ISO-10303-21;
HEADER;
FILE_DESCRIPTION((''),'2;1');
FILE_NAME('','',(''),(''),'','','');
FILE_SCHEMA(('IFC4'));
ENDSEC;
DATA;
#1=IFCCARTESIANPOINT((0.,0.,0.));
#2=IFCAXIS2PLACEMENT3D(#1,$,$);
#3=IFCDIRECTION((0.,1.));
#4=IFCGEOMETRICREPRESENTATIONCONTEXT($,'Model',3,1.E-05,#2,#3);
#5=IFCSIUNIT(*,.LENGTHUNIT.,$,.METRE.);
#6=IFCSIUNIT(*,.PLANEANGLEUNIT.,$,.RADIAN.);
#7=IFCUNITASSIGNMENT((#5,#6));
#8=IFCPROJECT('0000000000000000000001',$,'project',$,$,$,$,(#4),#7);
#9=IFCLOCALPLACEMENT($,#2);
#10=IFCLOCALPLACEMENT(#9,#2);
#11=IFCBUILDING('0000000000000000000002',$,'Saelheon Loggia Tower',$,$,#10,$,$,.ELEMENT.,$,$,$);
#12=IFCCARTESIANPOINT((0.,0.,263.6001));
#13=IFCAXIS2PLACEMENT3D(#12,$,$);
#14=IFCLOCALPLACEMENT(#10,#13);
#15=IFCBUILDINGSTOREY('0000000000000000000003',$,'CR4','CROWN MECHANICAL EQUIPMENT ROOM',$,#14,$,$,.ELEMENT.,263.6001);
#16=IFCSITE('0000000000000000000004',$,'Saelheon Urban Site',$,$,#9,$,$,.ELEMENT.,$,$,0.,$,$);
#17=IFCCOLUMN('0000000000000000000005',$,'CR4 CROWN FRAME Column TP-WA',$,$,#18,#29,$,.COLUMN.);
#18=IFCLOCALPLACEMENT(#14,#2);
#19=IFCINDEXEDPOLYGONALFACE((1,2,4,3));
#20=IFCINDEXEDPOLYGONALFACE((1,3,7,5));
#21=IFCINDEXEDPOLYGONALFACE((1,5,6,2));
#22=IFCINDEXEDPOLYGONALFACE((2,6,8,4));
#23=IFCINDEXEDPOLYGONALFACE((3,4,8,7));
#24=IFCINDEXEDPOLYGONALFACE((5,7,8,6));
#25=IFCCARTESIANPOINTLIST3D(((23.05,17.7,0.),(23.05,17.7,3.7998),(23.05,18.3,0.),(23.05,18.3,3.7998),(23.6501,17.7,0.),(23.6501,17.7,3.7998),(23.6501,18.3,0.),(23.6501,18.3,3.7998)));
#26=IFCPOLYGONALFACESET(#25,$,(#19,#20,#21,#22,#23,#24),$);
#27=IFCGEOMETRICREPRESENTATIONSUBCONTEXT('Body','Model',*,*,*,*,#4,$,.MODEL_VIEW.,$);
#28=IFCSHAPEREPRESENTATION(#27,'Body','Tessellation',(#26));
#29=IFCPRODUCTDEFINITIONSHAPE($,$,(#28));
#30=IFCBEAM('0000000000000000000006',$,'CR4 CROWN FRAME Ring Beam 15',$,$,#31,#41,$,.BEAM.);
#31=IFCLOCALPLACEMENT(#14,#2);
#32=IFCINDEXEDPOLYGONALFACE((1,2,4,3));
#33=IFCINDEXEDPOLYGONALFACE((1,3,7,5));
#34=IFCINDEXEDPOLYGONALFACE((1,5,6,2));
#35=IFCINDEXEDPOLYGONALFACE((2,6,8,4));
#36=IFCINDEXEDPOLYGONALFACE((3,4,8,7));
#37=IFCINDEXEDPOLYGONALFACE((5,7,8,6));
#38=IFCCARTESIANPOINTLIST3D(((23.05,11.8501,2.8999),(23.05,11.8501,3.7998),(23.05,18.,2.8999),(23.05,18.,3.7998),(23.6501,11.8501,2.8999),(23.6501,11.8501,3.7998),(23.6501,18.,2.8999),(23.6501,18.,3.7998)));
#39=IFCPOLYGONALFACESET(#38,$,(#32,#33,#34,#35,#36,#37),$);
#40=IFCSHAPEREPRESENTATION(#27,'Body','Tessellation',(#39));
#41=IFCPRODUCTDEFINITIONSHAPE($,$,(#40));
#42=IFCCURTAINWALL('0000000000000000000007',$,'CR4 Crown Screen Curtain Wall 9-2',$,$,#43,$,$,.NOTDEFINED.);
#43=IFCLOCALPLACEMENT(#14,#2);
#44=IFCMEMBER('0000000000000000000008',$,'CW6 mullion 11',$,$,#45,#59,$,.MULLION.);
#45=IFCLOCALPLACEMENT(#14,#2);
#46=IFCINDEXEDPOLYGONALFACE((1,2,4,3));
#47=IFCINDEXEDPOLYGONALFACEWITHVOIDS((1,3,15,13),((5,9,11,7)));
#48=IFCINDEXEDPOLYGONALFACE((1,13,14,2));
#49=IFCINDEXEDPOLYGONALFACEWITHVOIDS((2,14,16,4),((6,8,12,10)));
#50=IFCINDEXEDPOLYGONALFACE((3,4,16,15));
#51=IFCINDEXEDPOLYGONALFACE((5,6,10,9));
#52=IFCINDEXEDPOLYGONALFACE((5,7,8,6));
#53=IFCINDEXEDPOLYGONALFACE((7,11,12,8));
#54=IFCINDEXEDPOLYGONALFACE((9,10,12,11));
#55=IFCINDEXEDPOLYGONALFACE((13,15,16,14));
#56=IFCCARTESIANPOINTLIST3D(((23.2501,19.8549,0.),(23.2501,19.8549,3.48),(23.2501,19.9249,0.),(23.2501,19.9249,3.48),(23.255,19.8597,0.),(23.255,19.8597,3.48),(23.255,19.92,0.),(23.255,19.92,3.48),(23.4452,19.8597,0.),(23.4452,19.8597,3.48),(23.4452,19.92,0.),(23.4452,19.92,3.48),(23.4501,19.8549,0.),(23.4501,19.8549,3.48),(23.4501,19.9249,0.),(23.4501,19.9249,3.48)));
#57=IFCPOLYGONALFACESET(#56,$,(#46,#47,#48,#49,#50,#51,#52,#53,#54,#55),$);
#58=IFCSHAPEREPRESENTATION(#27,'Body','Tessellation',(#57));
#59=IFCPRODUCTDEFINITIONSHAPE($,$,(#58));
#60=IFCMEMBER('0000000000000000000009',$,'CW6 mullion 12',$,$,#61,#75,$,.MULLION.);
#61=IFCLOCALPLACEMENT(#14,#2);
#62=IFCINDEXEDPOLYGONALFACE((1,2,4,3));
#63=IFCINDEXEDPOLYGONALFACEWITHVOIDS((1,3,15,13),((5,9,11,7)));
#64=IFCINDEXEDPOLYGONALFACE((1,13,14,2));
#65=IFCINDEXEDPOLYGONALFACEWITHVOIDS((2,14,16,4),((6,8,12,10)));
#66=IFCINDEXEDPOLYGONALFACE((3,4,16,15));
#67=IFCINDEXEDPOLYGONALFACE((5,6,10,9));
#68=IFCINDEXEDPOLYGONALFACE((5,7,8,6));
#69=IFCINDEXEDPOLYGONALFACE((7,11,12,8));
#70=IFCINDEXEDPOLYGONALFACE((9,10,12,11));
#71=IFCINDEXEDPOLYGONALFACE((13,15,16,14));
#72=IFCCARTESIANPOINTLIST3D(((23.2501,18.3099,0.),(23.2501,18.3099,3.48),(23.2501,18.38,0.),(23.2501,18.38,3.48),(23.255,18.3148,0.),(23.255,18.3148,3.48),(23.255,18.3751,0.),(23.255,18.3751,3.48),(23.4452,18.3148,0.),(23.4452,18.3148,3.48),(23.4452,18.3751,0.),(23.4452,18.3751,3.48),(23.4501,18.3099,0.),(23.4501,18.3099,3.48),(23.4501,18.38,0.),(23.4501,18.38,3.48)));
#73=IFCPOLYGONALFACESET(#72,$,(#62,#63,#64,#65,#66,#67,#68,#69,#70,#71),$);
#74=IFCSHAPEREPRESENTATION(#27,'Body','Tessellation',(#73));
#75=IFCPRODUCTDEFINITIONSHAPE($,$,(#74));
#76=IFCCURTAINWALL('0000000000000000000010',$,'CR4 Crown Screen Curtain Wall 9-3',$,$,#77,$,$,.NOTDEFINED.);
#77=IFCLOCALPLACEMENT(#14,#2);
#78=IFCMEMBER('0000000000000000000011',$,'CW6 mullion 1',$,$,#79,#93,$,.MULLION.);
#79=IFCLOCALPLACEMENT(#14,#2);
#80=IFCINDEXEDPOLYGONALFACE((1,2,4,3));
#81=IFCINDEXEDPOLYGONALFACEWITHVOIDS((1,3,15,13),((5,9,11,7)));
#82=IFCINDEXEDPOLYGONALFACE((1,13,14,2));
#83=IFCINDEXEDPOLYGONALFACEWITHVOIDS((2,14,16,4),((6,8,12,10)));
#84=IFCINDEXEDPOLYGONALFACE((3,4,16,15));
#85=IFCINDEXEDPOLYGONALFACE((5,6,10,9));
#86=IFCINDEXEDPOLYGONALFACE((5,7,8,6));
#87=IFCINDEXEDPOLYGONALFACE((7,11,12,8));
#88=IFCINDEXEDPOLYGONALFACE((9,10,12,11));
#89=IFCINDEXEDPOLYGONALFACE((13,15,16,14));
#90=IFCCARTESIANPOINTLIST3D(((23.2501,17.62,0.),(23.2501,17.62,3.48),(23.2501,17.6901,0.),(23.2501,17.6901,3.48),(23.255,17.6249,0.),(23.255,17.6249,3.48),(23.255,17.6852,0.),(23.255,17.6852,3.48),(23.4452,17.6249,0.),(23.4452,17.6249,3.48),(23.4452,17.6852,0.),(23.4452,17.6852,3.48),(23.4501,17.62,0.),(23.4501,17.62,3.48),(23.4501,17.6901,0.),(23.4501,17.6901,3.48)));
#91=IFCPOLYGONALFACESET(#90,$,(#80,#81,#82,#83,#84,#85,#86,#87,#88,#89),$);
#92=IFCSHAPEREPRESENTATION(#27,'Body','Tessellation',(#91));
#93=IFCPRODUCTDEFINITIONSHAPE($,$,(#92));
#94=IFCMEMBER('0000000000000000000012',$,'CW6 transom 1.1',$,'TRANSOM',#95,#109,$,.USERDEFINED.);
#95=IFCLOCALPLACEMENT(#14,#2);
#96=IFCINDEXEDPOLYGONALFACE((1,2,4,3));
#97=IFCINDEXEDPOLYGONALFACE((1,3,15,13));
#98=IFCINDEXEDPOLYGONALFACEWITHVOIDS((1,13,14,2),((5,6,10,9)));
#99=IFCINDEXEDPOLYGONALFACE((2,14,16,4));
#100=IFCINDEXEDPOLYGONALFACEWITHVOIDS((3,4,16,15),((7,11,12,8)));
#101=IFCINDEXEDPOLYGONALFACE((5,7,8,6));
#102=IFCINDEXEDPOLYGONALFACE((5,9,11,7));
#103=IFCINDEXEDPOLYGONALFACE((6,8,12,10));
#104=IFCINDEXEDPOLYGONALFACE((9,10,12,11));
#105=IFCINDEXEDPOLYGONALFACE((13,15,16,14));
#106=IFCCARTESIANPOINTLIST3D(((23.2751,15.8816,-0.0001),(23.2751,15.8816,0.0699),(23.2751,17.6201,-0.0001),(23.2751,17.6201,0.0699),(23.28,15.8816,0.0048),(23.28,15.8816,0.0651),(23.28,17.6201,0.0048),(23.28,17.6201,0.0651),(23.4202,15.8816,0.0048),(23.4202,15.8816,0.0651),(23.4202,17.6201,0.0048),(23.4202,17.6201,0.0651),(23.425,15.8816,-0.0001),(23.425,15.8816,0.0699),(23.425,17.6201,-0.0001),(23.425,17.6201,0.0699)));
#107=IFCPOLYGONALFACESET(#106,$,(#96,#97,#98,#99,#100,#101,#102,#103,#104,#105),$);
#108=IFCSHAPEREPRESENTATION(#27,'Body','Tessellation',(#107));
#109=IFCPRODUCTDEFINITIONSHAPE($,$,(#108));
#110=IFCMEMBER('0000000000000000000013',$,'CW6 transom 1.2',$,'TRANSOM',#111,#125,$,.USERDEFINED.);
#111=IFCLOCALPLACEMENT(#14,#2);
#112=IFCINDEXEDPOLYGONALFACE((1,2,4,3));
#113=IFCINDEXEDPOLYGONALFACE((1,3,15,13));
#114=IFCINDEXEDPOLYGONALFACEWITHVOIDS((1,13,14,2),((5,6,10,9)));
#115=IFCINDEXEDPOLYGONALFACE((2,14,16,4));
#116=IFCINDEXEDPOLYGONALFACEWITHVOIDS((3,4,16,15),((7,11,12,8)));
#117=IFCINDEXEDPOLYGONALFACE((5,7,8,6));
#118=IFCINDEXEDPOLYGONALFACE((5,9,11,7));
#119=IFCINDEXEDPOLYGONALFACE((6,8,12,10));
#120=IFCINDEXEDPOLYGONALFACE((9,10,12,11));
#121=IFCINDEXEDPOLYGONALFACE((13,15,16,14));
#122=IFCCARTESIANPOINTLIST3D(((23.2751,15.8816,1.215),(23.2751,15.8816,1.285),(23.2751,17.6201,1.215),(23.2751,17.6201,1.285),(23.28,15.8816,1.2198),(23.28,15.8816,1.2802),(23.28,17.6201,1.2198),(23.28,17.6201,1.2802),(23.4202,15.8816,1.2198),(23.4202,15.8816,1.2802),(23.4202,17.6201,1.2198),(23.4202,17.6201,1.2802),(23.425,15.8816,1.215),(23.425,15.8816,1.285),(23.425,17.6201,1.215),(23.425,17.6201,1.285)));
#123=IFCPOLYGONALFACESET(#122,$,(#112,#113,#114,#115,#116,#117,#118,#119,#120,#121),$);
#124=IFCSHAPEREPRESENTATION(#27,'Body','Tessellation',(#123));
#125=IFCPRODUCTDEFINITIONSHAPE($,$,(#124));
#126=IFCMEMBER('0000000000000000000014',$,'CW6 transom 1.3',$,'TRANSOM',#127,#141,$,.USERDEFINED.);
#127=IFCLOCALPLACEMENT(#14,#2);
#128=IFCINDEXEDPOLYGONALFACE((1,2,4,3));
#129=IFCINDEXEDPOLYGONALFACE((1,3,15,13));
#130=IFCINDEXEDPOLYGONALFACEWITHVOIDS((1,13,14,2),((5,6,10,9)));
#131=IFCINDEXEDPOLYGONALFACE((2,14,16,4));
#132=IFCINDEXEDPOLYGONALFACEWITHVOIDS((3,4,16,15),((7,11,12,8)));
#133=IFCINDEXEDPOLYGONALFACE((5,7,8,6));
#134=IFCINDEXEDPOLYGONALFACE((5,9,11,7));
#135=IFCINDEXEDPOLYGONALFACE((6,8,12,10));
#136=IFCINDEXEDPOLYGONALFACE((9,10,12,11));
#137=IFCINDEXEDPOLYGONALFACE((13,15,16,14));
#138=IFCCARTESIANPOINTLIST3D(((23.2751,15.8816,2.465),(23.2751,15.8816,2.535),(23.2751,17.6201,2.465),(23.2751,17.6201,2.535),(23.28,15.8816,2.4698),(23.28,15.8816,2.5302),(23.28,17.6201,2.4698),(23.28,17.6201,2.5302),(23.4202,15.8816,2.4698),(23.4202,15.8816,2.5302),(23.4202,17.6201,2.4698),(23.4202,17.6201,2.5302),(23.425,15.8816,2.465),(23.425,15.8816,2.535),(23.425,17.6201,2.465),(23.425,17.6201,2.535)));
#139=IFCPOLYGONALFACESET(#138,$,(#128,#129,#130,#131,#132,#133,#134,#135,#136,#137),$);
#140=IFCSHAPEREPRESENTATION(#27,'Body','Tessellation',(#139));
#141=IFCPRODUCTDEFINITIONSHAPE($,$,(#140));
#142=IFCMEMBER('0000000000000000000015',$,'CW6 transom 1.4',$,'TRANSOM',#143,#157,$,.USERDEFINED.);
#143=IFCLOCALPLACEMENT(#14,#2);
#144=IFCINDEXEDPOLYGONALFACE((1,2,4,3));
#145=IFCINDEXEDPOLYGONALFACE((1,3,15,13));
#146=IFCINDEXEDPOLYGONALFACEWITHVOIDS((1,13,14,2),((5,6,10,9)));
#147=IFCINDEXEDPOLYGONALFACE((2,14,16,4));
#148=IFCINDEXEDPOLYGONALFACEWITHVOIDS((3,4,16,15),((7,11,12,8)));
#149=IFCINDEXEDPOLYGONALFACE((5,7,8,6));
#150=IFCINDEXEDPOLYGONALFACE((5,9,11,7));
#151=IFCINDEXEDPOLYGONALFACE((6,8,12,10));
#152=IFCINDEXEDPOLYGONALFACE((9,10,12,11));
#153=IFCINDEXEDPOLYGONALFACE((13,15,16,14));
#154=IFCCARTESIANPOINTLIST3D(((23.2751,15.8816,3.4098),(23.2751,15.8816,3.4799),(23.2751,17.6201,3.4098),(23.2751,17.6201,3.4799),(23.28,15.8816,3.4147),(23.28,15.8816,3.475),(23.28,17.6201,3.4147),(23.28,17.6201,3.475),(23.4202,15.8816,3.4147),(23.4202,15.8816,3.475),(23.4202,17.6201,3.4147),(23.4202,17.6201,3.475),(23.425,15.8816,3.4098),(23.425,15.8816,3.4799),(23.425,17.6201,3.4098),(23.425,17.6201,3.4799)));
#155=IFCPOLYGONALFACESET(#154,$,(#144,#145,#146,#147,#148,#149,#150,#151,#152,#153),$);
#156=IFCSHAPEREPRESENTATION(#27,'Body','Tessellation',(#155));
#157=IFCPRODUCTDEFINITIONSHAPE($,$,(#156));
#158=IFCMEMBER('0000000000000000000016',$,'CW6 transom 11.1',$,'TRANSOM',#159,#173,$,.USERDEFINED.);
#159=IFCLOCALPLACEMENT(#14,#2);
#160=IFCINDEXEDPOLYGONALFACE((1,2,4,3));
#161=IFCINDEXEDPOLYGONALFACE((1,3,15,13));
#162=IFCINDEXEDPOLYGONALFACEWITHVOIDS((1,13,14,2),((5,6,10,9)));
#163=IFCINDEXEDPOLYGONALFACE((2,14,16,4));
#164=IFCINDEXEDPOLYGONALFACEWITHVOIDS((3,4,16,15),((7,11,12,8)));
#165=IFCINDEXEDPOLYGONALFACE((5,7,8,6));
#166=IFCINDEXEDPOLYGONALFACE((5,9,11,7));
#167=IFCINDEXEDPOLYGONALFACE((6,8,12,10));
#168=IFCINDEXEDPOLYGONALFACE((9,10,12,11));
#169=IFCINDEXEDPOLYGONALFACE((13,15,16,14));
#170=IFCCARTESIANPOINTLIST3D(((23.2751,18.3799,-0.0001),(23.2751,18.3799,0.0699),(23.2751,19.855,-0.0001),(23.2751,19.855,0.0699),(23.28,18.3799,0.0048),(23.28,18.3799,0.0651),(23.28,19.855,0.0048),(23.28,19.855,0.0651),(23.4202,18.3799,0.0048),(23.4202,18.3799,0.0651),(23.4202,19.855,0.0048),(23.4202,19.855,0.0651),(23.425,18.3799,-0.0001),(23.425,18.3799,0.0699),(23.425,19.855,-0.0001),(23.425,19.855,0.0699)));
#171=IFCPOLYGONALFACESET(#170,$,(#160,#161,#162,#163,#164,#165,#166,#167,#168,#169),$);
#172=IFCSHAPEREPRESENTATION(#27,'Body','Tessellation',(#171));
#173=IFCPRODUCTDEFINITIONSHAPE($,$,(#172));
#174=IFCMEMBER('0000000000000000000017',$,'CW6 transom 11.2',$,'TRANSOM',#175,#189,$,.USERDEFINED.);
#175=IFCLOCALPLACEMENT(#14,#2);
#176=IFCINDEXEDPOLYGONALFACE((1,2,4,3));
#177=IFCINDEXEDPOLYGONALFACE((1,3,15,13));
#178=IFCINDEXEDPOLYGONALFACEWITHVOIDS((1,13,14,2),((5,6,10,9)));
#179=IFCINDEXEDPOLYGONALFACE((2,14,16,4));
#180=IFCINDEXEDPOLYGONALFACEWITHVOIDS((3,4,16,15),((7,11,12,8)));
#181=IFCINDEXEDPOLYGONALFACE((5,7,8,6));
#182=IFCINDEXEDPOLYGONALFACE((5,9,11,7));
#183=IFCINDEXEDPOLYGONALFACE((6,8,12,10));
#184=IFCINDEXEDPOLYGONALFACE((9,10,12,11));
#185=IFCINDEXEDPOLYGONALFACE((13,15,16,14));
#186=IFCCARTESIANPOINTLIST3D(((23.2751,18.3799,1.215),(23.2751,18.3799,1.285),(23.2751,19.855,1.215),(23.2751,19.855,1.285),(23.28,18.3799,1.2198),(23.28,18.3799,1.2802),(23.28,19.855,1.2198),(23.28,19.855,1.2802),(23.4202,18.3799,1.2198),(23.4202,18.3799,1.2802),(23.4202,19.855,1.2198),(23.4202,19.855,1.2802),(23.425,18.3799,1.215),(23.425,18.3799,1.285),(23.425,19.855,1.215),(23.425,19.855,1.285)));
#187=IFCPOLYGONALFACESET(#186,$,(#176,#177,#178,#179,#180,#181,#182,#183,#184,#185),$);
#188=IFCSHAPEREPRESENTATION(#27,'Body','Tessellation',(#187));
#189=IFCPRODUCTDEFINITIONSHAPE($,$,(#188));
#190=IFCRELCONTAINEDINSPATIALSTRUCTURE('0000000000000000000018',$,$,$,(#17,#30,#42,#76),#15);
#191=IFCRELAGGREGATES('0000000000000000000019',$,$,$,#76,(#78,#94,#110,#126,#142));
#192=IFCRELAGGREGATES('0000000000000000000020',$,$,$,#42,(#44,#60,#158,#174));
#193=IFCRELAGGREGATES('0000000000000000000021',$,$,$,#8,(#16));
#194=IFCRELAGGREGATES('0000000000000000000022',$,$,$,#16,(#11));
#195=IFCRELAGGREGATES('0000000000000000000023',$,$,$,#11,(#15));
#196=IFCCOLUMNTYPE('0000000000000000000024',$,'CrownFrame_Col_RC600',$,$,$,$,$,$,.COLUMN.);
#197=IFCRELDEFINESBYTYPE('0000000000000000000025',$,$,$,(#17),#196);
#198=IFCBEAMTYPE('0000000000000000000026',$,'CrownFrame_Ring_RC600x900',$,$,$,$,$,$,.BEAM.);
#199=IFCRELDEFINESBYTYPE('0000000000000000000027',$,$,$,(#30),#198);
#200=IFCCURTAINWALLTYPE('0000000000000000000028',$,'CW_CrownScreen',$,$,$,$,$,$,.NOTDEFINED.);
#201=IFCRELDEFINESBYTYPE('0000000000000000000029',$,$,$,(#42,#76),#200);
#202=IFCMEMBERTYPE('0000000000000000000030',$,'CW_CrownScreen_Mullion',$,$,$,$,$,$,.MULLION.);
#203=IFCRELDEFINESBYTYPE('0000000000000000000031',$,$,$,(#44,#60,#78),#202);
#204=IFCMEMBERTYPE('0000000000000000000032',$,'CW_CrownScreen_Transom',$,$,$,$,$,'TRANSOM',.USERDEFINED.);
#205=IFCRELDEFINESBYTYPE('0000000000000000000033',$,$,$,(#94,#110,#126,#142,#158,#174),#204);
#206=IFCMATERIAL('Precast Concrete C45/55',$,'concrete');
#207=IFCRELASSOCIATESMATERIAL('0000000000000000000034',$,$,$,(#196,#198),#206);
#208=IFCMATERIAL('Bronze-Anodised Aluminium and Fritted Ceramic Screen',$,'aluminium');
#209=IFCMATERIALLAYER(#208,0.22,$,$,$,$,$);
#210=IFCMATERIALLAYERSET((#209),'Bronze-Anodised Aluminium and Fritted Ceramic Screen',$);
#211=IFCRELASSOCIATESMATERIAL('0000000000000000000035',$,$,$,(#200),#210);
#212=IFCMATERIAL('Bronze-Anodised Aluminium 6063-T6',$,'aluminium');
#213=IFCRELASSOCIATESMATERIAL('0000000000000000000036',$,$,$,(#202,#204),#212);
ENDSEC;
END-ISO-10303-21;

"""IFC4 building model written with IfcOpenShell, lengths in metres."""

from ifc_helpers import new_model, si_unit, direction, frame, origin, origin_2d, place, context, subcontext, project, spatial, rectangle, hollow_rectangle, extrude, source, transform, mapped, material, layer, layer_set, material_profile, profile_set, type_object, element, aggregate, save


model = new_model("IFC4")

# Units and contexts
model_context = context("Model", 3, precision=1e-05, world=origin(), true_north=direction((0.0, 1.0)))
body_context = subcontext(model_context, "Body", "Model", "MODEL_VIEW")
ifc_project = project(units=[si_unit("LENGTHUNIT", "METRE"), si_unit("PLANEANGLEUNIT", "RADIAN")], contexts=[model_context])

# Site, building, storey
site_placement = place(None, origin())
site = spatial("IfcSite", under=ifc_project, at=site_placement, Name="Saelheon Urban Site", CompositionType="ELEMENT", RefElevation=0.0)
building_placement = place(site_placement, origin())
building = spatial("IfcBuilding", under=site, at=building_placement, Name="Saelheon Loggia Tower", CompositionType="ELEMENT")
storey_placement = place(building_placement, frame((0.0, 0.0, 263.6001)))
storey = spatial("IfcBuildingStorey", under=building, at=storey_placement, Name="CR4", Description="CROWN MECHANICAL EQUIPMENT ROOM", CompositionType="ELEMENT", Elevation=263.6001)

# Column
ifc_material_1 = material(Name="Precast Concrete C45/55", Category="concrete")
ifc_material_profile_1 = material_profile(ifc_material_1, rectangle(XDim=0.6001, YDim=0.6001, at=origin_2d()), Name="RC-600x600")
ifc_profile_set_1 = profile_set([ifc_material_profile_1], Name="Precast Concrete C45/55")
column_type = type_object("IfcColumnType", Name="CrownFrame_Col_RC600", PredefinedType="COLUMN", material=ifc_profile_set_1)
shared_shape_1 = source(origin(), body_context, "Body", "SweptSolid", [
    extrude(rectangle(XDim=0.6001, YDim=0.6001, at=origin_2d()), origin(), (0.0, 0.0, 1.0), 3.7998),
])
column_placement = place(storey_placement, frame((23.3501, 18.0, 0.0), z_axis=(0.0, 0.0, 1.0), x_axis=(1.0, 0.0, 0.0)))
element("IfcColumn", 1, at=column_placement, inside=storey, type_object=column_type, Name="CR4 CROWN FRAME Column TP-WA", PredefinedType="COLUMN", context=body_context, shape_type="MappedRepresentation", body=[
    mapped(shared_shape_1, transform((0.0, 0.0, 0.0), scale=1.0)),
])

# Beam
ifc_material_profile_2 = material_profile(ifc_material_1, rectangle(XDim=0.6001, YDim=0.8999, at=origin_2d()), Name="RC-600x900")
ifc_profile_set_2 = profile_set([ifc_material_profile_2], Name="Precast Concrete C45/55")
beam_type = type_object("IfcBeamType", Name="CrownFrame_Ring_RC600x900", PredefinedType="BEAM", material=ifc_profile_set_2)
shared_shape_2 = source(origin(), body_context, "Body", "SweptSolid", [
    extrude(rectangle(XDim=0.6001, YDim=0.8999, at=origin_2d()), origin(), (0.0, 0.0, 1.0), 6.1499),
])
beam_placement = place(storey_placement, frame((23.3501, 18.0, 3.3499), z_axis=(0.0, -1.0, 0.0), x_axis=(1.0, 0.0, 0.0)))
element("IfcBeam", 2, at=beam_placement, inside=storey, type_object=beam_type, Name="CR4 CROWN FRAME Ring Beam 15", PredefinedType="BEAM", context=body_context, shape_type="MappedRepresentation", body=[
    mapped(shared_shape_2, transform((0.0, 0.0, 0.0), scale=1.0)),
])

# Curtain walls, members
ifc_material_2 = material(Name="Bronze-Anodised Aluminium and Fritted Ceramic Screen", Category="aluminium")
ifc_layer_1 = layer(ifc_material_2, 0.22)
ifc_layer_set_1 = layer_set([ifc_layer_1], Name="Bronze-Anodised Aluminium and Fritted Ceramic Screen")
curtain_wall_type = type_object("IfcCurtainWallType", Name="CW_CrownScreen", PredefinedType="NOTDEFINED", material=ifc_layer_set_1)
curtain_wall_1_placement = place(storey_placement, origin())
curtain_wall_1 = element("IfcCurtainWall", 3, at=curtain_wall_1_placement, inside=storey, type_object=curtain_wall_type, Name="CR4 Crown Screen Curtain Wall 9-2", PredefinedType="NOTDEFINED")
ifc_material_3 = material(Name="Bronze-Anodised Aluminium 6063-T6", Category="aluminium")
ifc_material_profile_3 = material_profile(ifc_material_3, hollow_rectangle(XDim=0.0701, YDim=0.2, WallThickness=0.0049, at=origin_2d()), Name="RHS-200x70x5")
ifc_profile_set_3 = profile_set([ifc_material_profile_3], Name="Bronze-Anodised Aluminium 6063-T6")
member_type_1 = type_object("IfcMemberType", Name="CW_CrownScreen_Mullion", PredefinedType="MULLION", material=ifc_profile_set_3)
shared_shape_3 = source(origin(), body_context, "Body", "SweptSolid", [
    extrude(hollow_rectangle(XDim=0.0701, YDim=0.2, WallThickness=0.0049, at=origin_2d()), origin(), (0.0, 0.0, 1.0), 3.48),
])
member_1_placement = place(storey_placement, frame((23.3501, 19.8899, 0.0), z_axis=(0.0, 0.0, 1.0), x_axis=(0.0, -1.0, 0.0)))
member_1 = element("IfcMember", 4, at=member_1_placement, type_object=member_type_1, Name="CW6 mullion 11", PredefinedType="MULLION", context=body_context, shape_type="MappedRepresentation", body=[
    mapped(shared_shape_3, transform((0.0, 0.0, 0.0), scale=1.0)),
])
member_2_placement = place(storey_placement, frame((23.3501, 18.345, 0.0), z_axis=(0.0, 0.0, 1.0), x_axis=(0.0, -1.0, 0.0)))
member_2 = element("IfcMember", 5, at=member_2_placement, type_object=member_type_1, Name="CW6 mullion 12", PredefinedType="MULLION", context=body_context, shape_type="MappedRepresentation", body=[
    mapped(shared_shape_3, transform((0.0, 0.0, 0.0), scale=1.0)),
])
curtain_wall_2_placement = place(storey_placement, origin())
curtain_wall_2 = element("IfcCurtainWall", 6, at=curtain_wall_2_placement, inside=storey, type_object=curtain_wall_type, Name="CR4 Crown Screen Curtain Wall 9-3", PredefinedType="NOTDEFINED")
member_3_placement = place(storey_placement, frame((23.3501, 17.655, 0.0), z_axis=(0.0, 0.0, 1.0), x_axis=(0.0, -1.0, 0.0)))
member_3 = element("IfcMember", 7, at=member_3_placement, type_object=member_type_1, Name="CW6 mullion 1", PredefinedType="MULLION", context=body_context, shape_type="MappedRepresentation", body=[
    mapped(shared_shape_3, transform((0.0, 0.0, 0.0), scale=1.0)),
])
ifc_material_profile_4 = material_profile(ifc_material_3, hollow_rectangle(XDim=0.0701, YDim=0.1499, WallThickness=0.0049, at=origin_2d()), Name="RHS-150x70x5")
ifc_profile_set_4 = profile_set([ifc_material_profile_4], Name="Bronze-Anodised Aluminium 6063-T6")
member_type_2 = type_object("IfcMemberType", Name="CW_CrownScreen_Transom", ElementType="TRANSOM", PredefinedType="USERDEFINED", material=ifc_profile_set_4)
shared_shape_4 = source(origin(), body_context, "Body", "SweptSolid", [
    extrude(hollow_rectangle(XDim=0.0701, YDim=0.1499, WallThickness=0.0049, at=origin_2d()), origin(), (0.0, 0.0, 1.0), 1.7385),
])
member_4_placement = place(storey_placement, frame((23.3501, 17.6201, 0.0349), z_axis=(0.0, -1.0, 0.0), x_axis=(0.0, 0.0, 1.0)))
member_4 = element("IfcMember", 8, at=member_4_placement, type_object=member_type_2, Name="CW6 transom 1.1", ObjectType="TRANSOM", PredefinedType="USERDEFINED", context=body_context, shape_type="MappedRepresentation", body=[
    mapped(shared_shape_4, transform((0.0, 0.0, 0.0), scale=1.0)),
])
member_5_placement = place(storey_placement, frame((23.3501, 17.6201, 1.25), z_axis=(0.0, -1.0, 0.0), x_axis=(0.0, 0.0, 1.0)))
member_5 = element("IfcMember", 9, at=member_5_placement, type_object=member_type_2, Name="CW6 transom 1.2", ObjectType="TRANSOM", PredefinedType="USERDEFINED", context=body_context, shape_type="MappedRepresentation", body=[
    mapped(shared_shape_4, transform((0.0, 0.0, 0.0), scale=1.0)),
])
member_6_placement = place(storey_placement, frame((23.3501, 17.6201, 2.5), z_axis=(0.0, -1.0, 0.0), x_axis=(0.0, 0.0, 1.0)))
member_6 = element("IfcMember", 10, at=member_6_placement, type_object=member_type_2, Name="CW6 transom 1.3", ObjectType="TRANSOM", PredefinedType="USERDEFINED", context=body_context, shape_type="MappedRepresentation", body=[
    mapped(shared_shape_4, transform((0.0, 0.0, 0.0), scale=1.0)),
])
member_7_placement = place(storey_placement, frame((23.3501, 17.6201, 3.4448), z_axis=(0.0, -1.0, 0.0), x_axis=(0.0, 0.0, 1.0)))
member_7 = element("IfcMember", 11, at=member_7_placement, type_object=member_type_2, Name="CW6 transom 1.4", ObjectType="TRANSOM", PredefinedType="USERDEFINED", context=body_context, shape_type="MappedRepresentation", body=[
    mapped(shared_shape_4, transform((0.0, 0.0, 0.0), scale=1.0)),
])
aggregate(curtain_wall_2, [member_3, member_4, member_5, member_6, member_7])

# Members
shared_shape_5 = source(origin(), body_context, "Body", "SweptSolid", [
    extrude(hollow_rectangle(XDim=0.0701, YDim=0.1499, WallThickness=0.0049, at=origin_2d()), origin(), (0.0, 0.0, 1.0), 1.4751),
])
member_8_placement = place(storey_placement, frame((23.3501, 19.855, 0.0349), z_axis=(0.0, -1.0, 0.0), x_axis=(0.0, 0.0, 1.0)))
member_8 = element("IfcMember", 12, at=member_8_placement, type_object=member_type_2, Name="CW6 transom 11.1", ObjectType="TRANSOM", PredefinedType="USERDEFINED", context=body_context, shape_type="MappedRepresentation", body=[
    mapped(shared_shape_5, transform((0.0, 0.0, 0.0), scale=1.0)),
])
member_9_placement = place(storey_placement, frame((23.3501, 19.855, 1.25), z_axis=(0.0, -1.0, 0.0), x_axis=(0.0, 0.0, 1.0)))
member_9 = element("IfcMember", 13, at=member_9_placement, type_object=member_type_2, Name="CW6 transom 11.2", ObjectType="TRANSOM", PredefinedType="USERDEFINED", context=body_context, shape_type="MappedRepresentation", body=[
    mapped(shared_shape_5, transform((0.0, 0.0, 0.0), scale=1.0)),
])

aggregate(curtain_wall_1, [member_1, member_2, member_8, member_9])

save(model, "model.ifc")
